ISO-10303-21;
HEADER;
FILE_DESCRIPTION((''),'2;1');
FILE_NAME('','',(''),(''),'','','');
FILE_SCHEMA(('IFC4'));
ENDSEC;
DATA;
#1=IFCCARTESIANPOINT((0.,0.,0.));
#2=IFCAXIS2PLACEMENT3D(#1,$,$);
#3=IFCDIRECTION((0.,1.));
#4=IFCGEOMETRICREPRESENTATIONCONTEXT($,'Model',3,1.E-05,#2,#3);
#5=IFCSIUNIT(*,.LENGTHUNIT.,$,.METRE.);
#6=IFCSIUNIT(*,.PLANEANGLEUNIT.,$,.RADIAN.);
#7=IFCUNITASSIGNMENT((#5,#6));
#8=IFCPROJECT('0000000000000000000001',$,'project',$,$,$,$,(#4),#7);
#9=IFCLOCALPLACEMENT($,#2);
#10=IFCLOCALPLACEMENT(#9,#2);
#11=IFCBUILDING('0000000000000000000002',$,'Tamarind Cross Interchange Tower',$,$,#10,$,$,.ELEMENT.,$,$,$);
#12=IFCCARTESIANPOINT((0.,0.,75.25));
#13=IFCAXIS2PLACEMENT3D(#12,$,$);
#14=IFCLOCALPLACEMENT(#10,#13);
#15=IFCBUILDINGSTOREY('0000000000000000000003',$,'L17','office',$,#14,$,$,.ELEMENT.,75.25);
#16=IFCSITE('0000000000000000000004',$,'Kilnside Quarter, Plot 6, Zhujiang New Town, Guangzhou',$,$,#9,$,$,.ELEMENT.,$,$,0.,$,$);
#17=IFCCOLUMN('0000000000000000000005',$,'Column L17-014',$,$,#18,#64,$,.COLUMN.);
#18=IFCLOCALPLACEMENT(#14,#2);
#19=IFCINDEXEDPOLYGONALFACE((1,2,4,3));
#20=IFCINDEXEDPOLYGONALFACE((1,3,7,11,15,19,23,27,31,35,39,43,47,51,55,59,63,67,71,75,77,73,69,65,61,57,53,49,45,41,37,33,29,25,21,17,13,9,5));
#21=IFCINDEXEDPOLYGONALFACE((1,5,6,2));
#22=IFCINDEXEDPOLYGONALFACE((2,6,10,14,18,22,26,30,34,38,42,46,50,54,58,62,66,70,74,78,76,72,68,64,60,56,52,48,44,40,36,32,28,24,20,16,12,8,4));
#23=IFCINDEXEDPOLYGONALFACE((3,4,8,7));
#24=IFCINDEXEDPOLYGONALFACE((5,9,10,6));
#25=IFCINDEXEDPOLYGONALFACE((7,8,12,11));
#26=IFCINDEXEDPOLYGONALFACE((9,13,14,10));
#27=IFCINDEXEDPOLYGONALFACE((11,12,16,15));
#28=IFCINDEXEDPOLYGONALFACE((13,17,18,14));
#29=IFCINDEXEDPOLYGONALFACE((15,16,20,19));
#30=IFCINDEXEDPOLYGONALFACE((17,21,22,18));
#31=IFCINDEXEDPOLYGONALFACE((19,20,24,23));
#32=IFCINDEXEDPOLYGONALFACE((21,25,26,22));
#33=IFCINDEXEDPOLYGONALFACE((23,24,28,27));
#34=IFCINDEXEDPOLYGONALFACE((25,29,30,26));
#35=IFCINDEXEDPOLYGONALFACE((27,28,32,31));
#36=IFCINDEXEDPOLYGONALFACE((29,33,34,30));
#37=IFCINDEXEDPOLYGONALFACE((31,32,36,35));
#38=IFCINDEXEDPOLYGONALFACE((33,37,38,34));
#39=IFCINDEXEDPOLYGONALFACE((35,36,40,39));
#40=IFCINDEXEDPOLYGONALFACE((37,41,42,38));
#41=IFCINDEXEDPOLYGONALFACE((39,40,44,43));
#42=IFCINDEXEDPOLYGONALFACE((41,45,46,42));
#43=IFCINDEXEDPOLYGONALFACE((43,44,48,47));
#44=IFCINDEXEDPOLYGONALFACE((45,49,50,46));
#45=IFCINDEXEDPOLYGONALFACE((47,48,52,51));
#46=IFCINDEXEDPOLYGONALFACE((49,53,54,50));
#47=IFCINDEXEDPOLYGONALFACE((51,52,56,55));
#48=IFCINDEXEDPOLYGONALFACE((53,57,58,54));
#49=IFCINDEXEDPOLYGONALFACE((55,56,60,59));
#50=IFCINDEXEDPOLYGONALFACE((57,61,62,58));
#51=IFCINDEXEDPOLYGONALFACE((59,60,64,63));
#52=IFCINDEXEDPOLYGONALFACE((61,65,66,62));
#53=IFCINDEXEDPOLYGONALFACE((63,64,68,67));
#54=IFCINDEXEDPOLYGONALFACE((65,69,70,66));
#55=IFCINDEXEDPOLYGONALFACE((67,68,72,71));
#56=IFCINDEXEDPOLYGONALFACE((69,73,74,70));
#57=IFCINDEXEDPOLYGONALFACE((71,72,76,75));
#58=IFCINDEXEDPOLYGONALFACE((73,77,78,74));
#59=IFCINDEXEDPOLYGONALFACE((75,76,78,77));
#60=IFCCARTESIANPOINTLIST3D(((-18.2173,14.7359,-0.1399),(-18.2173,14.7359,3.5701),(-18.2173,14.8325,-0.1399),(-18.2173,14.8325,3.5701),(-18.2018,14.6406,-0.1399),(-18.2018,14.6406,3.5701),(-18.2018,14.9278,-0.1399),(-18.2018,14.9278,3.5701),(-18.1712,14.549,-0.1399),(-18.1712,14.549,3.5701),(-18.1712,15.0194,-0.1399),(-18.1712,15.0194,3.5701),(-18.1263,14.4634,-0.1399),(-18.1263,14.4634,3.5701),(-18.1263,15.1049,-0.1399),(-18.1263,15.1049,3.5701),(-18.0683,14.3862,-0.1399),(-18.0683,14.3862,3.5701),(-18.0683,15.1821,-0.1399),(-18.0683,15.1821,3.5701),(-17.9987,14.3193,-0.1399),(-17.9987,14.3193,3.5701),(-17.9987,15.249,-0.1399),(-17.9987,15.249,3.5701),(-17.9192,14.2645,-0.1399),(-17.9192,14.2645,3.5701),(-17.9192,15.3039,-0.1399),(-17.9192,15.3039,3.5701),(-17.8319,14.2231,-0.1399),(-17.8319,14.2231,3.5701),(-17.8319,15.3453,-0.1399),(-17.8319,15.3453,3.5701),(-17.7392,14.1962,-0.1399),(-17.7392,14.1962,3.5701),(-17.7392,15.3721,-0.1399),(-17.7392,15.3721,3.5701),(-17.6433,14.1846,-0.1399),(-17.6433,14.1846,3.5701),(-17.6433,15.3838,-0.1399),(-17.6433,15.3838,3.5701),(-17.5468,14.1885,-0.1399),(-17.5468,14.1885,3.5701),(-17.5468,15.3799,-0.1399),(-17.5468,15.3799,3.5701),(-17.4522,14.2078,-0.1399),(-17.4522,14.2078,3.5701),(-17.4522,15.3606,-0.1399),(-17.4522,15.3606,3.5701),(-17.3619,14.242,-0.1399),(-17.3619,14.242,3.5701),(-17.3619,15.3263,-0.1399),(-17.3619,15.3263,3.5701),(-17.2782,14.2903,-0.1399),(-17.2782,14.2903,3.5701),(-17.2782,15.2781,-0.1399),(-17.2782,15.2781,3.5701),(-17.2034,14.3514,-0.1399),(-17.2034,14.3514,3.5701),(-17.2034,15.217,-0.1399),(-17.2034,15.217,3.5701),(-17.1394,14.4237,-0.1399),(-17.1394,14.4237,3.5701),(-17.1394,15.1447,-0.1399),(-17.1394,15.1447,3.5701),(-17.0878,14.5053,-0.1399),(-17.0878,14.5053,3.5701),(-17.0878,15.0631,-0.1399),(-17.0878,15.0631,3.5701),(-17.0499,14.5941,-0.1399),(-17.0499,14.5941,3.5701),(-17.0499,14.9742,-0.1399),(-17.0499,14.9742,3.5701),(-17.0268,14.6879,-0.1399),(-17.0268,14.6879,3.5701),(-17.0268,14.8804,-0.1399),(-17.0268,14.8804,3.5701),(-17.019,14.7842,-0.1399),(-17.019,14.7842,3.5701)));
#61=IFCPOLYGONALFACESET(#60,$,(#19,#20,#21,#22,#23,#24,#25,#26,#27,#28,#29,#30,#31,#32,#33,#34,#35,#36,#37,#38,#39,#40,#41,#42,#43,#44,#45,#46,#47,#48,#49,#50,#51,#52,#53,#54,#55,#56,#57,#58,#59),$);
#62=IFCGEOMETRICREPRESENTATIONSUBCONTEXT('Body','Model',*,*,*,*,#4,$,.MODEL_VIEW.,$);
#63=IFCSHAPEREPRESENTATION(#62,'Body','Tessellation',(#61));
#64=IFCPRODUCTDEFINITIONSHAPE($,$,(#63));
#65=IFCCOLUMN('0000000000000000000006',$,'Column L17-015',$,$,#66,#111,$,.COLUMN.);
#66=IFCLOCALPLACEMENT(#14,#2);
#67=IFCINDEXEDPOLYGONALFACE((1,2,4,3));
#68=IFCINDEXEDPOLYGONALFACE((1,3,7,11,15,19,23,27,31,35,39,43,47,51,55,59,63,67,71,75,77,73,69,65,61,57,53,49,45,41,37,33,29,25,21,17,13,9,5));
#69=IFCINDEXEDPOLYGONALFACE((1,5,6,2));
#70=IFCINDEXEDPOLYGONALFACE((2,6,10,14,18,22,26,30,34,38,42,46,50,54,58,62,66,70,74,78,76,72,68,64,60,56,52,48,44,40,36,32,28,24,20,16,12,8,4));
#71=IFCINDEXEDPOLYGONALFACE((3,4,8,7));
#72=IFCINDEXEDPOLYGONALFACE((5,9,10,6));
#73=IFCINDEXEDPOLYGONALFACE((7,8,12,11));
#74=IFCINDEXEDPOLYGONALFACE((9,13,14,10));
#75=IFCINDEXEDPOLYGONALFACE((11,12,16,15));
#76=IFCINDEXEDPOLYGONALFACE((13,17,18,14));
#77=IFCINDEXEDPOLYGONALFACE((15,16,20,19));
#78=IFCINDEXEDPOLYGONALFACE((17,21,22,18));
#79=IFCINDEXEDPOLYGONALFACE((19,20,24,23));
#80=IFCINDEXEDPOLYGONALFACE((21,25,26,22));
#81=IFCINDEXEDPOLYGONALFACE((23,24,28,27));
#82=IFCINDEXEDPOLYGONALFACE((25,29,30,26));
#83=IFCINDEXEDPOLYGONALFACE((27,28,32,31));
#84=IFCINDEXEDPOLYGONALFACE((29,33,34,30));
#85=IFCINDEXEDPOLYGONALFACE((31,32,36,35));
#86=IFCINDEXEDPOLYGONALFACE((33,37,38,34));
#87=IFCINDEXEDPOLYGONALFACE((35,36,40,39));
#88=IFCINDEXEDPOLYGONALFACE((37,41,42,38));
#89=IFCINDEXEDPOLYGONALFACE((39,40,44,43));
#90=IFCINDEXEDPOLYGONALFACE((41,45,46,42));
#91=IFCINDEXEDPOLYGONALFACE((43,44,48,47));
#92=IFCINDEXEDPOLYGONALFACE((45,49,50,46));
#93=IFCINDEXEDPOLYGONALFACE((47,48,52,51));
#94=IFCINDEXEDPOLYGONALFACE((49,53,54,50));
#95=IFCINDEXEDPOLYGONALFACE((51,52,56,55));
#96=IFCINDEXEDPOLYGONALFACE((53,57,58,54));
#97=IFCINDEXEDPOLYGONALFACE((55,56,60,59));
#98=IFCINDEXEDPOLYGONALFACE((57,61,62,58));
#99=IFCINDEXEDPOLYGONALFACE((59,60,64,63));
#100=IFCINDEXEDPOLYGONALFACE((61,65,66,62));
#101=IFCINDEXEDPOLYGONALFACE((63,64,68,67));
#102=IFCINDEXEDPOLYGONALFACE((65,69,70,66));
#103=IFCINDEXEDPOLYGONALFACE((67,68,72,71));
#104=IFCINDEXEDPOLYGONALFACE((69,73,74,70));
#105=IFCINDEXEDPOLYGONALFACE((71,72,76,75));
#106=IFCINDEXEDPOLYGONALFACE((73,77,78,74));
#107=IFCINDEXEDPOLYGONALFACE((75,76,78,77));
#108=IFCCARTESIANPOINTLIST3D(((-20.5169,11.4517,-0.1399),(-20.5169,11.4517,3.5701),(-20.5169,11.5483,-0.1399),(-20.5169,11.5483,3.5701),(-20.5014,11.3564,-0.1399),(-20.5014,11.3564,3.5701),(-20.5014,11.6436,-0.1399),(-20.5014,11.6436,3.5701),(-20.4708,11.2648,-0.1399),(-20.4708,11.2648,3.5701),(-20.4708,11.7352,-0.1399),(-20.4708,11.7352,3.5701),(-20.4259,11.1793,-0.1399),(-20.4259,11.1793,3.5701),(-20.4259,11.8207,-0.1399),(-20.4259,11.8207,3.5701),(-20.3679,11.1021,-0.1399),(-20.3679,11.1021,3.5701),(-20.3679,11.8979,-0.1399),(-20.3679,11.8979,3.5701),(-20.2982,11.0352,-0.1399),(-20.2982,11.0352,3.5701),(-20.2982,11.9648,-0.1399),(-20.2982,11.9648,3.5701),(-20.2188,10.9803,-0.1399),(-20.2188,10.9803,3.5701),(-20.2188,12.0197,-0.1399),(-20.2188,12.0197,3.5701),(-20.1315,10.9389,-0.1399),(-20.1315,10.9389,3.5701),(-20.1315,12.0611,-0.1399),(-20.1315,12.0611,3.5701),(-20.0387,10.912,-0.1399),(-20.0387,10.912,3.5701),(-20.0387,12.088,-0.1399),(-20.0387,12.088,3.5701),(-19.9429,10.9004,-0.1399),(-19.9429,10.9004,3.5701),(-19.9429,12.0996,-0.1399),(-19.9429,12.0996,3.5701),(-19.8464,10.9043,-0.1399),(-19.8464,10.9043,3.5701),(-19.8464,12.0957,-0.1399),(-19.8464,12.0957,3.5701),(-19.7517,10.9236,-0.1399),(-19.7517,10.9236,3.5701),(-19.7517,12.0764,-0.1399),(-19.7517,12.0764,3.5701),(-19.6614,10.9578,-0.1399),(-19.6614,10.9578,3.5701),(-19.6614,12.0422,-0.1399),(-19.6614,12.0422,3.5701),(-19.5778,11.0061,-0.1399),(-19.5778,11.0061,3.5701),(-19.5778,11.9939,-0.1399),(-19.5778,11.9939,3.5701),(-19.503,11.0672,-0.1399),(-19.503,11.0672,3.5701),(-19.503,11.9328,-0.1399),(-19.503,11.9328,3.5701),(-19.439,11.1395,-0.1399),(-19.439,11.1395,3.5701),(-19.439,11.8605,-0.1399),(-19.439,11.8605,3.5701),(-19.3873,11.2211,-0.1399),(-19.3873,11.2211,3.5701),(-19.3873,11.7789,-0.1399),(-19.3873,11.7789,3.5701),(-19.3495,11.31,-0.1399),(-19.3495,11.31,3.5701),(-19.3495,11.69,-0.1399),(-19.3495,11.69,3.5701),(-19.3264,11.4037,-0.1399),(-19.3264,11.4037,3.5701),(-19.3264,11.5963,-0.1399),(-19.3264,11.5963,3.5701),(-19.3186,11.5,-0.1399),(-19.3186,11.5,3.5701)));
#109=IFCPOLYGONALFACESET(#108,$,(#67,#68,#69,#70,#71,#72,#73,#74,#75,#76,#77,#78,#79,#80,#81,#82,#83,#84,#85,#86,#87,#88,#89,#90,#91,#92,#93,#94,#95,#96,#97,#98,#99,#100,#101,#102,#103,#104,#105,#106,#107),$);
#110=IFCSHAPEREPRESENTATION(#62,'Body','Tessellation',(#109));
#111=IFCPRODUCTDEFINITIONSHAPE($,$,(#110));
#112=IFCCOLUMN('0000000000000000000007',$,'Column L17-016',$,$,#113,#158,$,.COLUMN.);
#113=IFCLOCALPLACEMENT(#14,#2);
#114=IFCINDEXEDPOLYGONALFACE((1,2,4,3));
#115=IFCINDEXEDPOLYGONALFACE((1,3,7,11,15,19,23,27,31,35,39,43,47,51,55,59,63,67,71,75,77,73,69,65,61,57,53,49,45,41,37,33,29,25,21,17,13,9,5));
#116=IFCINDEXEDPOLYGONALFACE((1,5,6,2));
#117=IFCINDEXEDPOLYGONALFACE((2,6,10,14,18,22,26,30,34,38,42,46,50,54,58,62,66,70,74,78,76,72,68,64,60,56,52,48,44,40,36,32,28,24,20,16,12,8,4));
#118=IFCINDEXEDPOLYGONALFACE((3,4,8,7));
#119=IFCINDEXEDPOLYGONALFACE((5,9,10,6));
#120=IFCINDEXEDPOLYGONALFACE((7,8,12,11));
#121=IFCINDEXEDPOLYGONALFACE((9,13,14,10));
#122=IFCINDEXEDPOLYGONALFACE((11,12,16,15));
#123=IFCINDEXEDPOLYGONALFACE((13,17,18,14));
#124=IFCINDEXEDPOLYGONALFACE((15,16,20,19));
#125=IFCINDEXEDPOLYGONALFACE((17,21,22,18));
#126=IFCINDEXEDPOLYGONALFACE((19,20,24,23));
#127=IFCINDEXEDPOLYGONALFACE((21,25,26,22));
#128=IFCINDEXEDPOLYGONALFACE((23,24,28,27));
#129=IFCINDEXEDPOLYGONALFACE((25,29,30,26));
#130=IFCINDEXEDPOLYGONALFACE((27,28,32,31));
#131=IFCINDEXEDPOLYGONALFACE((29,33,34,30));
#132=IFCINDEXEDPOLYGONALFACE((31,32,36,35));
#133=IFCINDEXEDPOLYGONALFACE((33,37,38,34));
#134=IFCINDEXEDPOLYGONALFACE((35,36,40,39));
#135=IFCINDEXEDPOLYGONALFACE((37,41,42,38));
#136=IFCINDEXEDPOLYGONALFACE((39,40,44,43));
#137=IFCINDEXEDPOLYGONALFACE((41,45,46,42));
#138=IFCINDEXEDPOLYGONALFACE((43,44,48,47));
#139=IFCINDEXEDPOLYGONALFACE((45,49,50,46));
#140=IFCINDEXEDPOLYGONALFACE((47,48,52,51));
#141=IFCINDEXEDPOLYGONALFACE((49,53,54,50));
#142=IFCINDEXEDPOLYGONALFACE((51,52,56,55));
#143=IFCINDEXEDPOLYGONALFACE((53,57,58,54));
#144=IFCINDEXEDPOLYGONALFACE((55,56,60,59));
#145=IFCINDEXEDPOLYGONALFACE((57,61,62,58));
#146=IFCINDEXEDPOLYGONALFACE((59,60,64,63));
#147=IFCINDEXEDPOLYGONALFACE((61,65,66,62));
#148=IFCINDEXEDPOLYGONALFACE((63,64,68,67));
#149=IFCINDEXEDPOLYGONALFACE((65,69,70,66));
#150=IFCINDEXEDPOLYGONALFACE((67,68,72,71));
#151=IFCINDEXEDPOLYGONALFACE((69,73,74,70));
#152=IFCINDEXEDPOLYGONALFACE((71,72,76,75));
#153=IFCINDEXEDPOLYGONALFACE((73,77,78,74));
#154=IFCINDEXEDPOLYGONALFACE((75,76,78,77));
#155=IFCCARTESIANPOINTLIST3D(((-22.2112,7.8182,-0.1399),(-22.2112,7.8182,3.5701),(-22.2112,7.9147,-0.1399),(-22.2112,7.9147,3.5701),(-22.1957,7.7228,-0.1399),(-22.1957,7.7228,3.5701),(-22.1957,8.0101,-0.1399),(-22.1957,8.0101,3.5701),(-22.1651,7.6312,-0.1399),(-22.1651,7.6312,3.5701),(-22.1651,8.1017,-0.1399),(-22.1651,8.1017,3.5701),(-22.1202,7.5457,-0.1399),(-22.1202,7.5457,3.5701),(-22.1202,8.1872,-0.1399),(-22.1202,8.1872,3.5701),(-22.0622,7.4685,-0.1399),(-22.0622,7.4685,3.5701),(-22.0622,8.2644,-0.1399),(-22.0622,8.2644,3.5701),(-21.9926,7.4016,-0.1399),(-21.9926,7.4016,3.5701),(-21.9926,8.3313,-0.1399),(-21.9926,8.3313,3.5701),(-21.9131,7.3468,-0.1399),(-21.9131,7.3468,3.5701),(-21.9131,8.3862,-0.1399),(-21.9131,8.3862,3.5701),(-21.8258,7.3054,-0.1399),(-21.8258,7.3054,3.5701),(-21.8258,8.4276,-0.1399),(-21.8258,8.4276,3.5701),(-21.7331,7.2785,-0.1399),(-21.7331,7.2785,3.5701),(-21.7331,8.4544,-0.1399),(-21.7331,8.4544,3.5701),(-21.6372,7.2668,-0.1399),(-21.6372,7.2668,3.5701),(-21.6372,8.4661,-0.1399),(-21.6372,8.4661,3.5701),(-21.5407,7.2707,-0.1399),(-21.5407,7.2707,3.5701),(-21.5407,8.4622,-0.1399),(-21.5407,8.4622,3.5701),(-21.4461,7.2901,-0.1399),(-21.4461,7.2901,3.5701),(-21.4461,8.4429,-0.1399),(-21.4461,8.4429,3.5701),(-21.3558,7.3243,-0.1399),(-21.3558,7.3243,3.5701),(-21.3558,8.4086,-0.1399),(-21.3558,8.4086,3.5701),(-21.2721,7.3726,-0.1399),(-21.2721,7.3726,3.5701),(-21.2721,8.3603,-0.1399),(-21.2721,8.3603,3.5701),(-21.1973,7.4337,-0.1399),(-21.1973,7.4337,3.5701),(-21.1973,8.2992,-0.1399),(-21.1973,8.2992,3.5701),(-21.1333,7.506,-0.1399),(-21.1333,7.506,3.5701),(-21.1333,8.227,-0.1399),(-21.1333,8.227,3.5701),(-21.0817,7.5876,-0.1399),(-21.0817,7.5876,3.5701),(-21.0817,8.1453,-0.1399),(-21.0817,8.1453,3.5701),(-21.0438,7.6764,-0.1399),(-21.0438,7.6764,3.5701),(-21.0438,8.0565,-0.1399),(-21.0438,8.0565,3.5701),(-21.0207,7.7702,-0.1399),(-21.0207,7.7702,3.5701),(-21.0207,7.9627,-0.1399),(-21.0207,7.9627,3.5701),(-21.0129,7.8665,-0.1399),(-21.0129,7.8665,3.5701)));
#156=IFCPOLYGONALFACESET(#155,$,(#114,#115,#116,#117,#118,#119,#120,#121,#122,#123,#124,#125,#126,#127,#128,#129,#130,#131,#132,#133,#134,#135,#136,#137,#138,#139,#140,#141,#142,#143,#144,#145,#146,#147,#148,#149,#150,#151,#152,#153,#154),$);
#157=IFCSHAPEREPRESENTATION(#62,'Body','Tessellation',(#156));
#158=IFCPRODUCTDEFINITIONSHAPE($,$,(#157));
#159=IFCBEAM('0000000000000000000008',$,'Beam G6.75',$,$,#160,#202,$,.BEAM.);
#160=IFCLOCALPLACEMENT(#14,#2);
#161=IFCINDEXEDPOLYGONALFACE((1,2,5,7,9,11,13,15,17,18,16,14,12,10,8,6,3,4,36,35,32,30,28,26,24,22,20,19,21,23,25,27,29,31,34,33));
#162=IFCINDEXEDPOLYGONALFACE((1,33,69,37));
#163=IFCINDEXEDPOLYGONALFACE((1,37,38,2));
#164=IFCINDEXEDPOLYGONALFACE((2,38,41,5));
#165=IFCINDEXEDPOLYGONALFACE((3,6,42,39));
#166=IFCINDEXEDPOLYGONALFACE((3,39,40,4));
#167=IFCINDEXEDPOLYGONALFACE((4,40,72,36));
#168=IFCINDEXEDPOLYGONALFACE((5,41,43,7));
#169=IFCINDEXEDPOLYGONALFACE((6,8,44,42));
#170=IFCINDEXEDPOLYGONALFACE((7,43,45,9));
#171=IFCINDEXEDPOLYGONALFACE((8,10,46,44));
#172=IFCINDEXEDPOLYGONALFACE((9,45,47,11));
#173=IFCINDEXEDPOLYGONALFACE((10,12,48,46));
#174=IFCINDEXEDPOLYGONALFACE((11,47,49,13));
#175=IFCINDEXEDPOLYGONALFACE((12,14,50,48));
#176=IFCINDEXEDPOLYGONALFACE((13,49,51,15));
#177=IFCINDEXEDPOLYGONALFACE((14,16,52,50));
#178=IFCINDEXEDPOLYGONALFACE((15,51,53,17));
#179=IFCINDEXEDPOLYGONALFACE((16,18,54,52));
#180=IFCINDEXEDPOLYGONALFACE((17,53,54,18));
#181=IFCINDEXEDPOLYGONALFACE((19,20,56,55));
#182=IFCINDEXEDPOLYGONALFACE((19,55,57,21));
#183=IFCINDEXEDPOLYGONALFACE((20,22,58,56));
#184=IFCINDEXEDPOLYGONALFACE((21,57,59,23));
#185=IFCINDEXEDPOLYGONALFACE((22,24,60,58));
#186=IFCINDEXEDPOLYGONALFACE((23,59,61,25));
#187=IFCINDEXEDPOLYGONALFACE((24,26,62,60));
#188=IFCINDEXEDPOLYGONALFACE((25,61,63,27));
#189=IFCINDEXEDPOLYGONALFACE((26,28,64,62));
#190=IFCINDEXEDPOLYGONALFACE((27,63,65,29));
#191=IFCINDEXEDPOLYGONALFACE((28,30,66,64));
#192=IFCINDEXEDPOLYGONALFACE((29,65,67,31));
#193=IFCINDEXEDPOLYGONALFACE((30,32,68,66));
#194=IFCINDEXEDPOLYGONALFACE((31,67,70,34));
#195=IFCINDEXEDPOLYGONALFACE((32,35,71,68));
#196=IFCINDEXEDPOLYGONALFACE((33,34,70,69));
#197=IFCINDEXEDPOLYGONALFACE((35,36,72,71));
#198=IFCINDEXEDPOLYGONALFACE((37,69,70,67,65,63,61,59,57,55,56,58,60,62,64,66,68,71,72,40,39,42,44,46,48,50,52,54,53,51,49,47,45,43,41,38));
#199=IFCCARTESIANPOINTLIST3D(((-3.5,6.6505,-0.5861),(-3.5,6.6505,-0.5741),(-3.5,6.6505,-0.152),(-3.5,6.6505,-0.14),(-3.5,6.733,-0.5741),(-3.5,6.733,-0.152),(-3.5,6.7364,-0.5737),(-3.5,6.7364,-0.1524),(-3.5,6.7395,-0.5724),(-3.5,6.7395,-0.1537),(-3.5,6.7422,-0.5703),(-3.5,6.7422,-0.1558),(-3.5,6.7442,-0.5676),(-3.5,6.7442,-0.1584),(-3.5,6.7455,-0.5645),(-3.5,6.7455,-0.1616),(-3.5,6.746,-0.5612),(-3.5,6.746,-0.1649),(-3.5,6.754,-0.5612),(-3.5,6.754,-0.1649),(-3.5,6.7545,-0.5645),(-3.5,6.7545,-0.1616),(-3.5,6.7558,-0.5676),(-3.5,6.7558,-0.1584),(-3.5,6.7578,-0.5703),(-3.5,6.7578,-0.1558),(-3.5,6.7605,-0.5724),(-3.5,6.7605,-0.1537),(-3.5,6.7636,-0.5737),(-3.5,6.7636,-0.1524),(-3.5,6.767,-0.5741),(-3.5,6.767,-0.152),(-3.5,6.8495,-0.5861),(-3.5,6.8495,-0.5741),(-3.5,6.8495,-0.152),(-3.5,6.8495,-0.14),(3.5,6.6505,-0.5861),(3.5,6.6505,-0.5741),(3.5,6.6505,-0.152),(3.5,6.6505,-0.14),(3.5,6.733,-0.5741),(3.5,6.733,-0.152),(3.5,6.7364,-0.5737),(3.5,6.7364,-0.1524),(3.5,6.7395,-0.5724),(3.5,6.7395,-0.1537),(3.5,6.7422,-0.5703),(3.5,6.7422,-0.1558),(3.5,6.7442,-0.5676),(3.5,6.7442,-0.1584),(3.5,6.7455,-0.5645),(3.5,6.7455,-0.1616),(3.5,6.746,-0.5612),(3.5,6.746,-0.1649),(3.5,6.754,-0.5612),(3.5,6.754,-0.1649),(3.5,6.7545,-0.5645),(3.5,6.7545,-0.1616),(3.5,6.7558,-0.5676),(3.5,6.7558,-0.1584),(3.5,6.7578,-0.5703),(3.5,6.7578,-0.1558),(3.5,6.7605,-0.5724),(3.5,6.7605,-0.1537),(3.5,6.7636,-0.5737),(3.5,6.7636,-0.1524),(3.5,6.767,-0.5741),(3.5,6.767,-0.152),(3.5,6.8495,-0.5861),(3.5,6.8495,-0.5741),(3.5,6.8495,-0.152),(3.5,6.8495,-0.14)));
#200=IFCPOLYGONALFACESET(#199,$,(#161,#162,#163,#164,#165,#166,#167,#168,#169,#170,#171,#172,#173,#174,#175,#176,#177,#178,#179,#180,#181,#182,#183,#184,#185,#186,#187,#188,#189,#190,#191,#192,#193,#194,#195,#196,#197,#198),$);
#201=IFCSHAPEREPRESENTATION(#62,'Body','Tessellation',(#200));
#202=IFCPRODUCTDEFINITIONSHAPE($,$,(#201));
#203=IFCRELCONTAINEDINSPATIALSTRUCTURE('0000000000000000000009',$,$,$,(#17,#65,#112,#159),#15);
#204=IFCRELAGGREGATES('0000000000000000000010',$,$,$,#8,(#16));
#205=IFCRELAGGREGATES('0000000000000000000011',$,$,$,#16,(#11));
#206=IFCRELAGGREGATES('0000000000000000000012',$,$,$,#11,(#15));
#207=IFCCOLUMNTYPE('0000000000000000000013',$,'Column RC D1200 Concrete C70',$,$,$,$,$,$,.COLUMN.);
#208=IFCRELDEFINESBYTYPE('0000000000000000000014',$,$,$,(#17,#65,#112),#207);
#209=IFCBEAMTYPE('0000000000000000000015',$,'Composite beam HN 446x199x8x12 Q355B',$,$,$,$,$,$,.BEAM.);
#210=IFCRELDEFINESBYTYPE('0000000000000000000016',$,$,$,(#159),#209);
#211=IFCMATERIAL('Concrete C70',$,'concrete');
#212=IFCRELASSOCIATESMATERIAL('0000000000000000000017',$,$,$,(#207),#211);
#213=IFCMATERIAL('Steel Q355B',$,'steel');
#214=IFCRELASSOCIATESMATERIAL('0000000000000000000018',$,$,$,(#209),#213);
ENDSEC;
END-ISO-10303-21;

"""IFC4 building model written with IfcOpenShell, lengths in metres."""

from ifc_helpers import new_model, si_unit, direction, frame, origin, origin_2d, place, context, subcontext, project, spatial, circle, i_section, extrude, material, material_profile, profile_set, type_object, element, save


model = new_model("IFC4")

# Units and contexts
model_context = context("Model", 3, precision=1e-05, world=origin(), true_north=direction((0.0, 1.0)))
body_context = subcontext(model_context, "Body", "Model", "MODEL_VIEW")
ifc_project = project(units=[si_unit("LENGTHUNIT", "METRE"), si_unit("PLANEANGLEUNIT", "RADIAN")], contexts=[model_context])

# Site, building, storey
site_placement = place(None, origin())
site = spatial("IfcSite", under=ifc_project, at=site_placement, Name="Kilnside Quarter, Plot 6, Zhujiang New Town, Guangzhou", CompositionType="ELEMENT", RefElevation=0.0)
building_placement = place(site_placement, origin())
building = spatial("IfcBuilding", under=site, at=building_placement, Name="Tamarind Cross Interchange Tower", CompositionType="ELEMENT")
storey_placement = place(building_placement, frame((0.0, 0.0, 75.25)))
storey = spatial("IfcBuildingStorey", under=building, at=storey_placement, Name="L17", Description="office", CompositionType="ELEMENT", Elevation=75.25)

# Columns
ifc_material_1 = material(Name="Concrete C70", Category="concrete")
ifc_material_profile_1 = material_profile(ifc_material_1, circle(Radius=0.6001, at=origin_2d()), Name="RC D1200")
ifc_profile_set_1 = profile_set([ifc_material_profile_1], Name="Concrete C70")
column_type = type_object("IfcColumnType", Name="Column RC D1200 Concrete C70", PredefinedType="COLUMN", material=ifc_profile_set_1)
for number, where, z_axis, x_axis, name in (
    (1, (-17.6191, 14.7842, -0.1399), (0.0, 0.0, 1.0), (1.0, 0.0, 0.0), "Column L17-014"),
    (2, (-19.9187, 11.5, -0.1399), (0.0, 0.0, 1.0), (1.0, 0.0, 0.0), "Column L17-015"),
    (3, (-21.613, 7.8665, -0.1399), (0.0, 0.0, 1.0), (1.0, 0.0, 0.0), "Column L17-016"),
):
    element("IfcColumn", number, at=place(storey_placement, frame(where, z_axis=z_axis, x_axis=x_axis)), inside=storey, type_object=column_type, Name=name, PredefinedType="COLUMN", context=body_context, shape_type="SweptSolid", body=[
        extrude(circle(Radius=0.6001, at=origin_2d()), origin(), (0.0, 0.0, 1.0), 3.71),
    ])

# Beam
ifc_material_2 = material(Name="Steel Q355B", Category="steel")
ifc_material_profile_2 = material_profile(ifc_material_2, i_section(OverallWidth=0.199, OverallDepth=0.446, WebThickness=0.0081, FlangeThickness=0.012, FilletRadius=0.0129, at=origin_2d()), Name="HN 446x199x8x12")
ifc_profile_set_2 = profile_set([ifc_material_profile_2], Name="Steel Q355B")
beam_type_1 = type_object("IfcBeamType", Name="Composite beam HN 446x199x8x12 Q355B", PredefinedType="BEAM", material=ifc_profile_set_2)
for number, where, z_axis, x_axis, name in (
    (4, (-3.5, 6.75, -0.363), (1.0, 0.0, 0.0), (0.0, 1.0, 0.0), "Beam G6.75"),
):
    element("IfcBeam", number, at=place(storey_placement, frame(where, z_axis=z_axis, x_axis=x_axis)), inside=storey, type_object=beam_type_1, Name=name, PredefinedType="BEAM", context=body_context, shape_type="SweptSolid", body=[
        extrude(i_section(OverallWidth=0.199, OverallDepth=0.446, WebThickness=0.0081, FlangeThickness=0.012, FilletRadius=0.0129, at=origin_2d()), origin(), (0.0, 0.0, 1.0), 7.0),
    ])

save(model, "model.ifc")
